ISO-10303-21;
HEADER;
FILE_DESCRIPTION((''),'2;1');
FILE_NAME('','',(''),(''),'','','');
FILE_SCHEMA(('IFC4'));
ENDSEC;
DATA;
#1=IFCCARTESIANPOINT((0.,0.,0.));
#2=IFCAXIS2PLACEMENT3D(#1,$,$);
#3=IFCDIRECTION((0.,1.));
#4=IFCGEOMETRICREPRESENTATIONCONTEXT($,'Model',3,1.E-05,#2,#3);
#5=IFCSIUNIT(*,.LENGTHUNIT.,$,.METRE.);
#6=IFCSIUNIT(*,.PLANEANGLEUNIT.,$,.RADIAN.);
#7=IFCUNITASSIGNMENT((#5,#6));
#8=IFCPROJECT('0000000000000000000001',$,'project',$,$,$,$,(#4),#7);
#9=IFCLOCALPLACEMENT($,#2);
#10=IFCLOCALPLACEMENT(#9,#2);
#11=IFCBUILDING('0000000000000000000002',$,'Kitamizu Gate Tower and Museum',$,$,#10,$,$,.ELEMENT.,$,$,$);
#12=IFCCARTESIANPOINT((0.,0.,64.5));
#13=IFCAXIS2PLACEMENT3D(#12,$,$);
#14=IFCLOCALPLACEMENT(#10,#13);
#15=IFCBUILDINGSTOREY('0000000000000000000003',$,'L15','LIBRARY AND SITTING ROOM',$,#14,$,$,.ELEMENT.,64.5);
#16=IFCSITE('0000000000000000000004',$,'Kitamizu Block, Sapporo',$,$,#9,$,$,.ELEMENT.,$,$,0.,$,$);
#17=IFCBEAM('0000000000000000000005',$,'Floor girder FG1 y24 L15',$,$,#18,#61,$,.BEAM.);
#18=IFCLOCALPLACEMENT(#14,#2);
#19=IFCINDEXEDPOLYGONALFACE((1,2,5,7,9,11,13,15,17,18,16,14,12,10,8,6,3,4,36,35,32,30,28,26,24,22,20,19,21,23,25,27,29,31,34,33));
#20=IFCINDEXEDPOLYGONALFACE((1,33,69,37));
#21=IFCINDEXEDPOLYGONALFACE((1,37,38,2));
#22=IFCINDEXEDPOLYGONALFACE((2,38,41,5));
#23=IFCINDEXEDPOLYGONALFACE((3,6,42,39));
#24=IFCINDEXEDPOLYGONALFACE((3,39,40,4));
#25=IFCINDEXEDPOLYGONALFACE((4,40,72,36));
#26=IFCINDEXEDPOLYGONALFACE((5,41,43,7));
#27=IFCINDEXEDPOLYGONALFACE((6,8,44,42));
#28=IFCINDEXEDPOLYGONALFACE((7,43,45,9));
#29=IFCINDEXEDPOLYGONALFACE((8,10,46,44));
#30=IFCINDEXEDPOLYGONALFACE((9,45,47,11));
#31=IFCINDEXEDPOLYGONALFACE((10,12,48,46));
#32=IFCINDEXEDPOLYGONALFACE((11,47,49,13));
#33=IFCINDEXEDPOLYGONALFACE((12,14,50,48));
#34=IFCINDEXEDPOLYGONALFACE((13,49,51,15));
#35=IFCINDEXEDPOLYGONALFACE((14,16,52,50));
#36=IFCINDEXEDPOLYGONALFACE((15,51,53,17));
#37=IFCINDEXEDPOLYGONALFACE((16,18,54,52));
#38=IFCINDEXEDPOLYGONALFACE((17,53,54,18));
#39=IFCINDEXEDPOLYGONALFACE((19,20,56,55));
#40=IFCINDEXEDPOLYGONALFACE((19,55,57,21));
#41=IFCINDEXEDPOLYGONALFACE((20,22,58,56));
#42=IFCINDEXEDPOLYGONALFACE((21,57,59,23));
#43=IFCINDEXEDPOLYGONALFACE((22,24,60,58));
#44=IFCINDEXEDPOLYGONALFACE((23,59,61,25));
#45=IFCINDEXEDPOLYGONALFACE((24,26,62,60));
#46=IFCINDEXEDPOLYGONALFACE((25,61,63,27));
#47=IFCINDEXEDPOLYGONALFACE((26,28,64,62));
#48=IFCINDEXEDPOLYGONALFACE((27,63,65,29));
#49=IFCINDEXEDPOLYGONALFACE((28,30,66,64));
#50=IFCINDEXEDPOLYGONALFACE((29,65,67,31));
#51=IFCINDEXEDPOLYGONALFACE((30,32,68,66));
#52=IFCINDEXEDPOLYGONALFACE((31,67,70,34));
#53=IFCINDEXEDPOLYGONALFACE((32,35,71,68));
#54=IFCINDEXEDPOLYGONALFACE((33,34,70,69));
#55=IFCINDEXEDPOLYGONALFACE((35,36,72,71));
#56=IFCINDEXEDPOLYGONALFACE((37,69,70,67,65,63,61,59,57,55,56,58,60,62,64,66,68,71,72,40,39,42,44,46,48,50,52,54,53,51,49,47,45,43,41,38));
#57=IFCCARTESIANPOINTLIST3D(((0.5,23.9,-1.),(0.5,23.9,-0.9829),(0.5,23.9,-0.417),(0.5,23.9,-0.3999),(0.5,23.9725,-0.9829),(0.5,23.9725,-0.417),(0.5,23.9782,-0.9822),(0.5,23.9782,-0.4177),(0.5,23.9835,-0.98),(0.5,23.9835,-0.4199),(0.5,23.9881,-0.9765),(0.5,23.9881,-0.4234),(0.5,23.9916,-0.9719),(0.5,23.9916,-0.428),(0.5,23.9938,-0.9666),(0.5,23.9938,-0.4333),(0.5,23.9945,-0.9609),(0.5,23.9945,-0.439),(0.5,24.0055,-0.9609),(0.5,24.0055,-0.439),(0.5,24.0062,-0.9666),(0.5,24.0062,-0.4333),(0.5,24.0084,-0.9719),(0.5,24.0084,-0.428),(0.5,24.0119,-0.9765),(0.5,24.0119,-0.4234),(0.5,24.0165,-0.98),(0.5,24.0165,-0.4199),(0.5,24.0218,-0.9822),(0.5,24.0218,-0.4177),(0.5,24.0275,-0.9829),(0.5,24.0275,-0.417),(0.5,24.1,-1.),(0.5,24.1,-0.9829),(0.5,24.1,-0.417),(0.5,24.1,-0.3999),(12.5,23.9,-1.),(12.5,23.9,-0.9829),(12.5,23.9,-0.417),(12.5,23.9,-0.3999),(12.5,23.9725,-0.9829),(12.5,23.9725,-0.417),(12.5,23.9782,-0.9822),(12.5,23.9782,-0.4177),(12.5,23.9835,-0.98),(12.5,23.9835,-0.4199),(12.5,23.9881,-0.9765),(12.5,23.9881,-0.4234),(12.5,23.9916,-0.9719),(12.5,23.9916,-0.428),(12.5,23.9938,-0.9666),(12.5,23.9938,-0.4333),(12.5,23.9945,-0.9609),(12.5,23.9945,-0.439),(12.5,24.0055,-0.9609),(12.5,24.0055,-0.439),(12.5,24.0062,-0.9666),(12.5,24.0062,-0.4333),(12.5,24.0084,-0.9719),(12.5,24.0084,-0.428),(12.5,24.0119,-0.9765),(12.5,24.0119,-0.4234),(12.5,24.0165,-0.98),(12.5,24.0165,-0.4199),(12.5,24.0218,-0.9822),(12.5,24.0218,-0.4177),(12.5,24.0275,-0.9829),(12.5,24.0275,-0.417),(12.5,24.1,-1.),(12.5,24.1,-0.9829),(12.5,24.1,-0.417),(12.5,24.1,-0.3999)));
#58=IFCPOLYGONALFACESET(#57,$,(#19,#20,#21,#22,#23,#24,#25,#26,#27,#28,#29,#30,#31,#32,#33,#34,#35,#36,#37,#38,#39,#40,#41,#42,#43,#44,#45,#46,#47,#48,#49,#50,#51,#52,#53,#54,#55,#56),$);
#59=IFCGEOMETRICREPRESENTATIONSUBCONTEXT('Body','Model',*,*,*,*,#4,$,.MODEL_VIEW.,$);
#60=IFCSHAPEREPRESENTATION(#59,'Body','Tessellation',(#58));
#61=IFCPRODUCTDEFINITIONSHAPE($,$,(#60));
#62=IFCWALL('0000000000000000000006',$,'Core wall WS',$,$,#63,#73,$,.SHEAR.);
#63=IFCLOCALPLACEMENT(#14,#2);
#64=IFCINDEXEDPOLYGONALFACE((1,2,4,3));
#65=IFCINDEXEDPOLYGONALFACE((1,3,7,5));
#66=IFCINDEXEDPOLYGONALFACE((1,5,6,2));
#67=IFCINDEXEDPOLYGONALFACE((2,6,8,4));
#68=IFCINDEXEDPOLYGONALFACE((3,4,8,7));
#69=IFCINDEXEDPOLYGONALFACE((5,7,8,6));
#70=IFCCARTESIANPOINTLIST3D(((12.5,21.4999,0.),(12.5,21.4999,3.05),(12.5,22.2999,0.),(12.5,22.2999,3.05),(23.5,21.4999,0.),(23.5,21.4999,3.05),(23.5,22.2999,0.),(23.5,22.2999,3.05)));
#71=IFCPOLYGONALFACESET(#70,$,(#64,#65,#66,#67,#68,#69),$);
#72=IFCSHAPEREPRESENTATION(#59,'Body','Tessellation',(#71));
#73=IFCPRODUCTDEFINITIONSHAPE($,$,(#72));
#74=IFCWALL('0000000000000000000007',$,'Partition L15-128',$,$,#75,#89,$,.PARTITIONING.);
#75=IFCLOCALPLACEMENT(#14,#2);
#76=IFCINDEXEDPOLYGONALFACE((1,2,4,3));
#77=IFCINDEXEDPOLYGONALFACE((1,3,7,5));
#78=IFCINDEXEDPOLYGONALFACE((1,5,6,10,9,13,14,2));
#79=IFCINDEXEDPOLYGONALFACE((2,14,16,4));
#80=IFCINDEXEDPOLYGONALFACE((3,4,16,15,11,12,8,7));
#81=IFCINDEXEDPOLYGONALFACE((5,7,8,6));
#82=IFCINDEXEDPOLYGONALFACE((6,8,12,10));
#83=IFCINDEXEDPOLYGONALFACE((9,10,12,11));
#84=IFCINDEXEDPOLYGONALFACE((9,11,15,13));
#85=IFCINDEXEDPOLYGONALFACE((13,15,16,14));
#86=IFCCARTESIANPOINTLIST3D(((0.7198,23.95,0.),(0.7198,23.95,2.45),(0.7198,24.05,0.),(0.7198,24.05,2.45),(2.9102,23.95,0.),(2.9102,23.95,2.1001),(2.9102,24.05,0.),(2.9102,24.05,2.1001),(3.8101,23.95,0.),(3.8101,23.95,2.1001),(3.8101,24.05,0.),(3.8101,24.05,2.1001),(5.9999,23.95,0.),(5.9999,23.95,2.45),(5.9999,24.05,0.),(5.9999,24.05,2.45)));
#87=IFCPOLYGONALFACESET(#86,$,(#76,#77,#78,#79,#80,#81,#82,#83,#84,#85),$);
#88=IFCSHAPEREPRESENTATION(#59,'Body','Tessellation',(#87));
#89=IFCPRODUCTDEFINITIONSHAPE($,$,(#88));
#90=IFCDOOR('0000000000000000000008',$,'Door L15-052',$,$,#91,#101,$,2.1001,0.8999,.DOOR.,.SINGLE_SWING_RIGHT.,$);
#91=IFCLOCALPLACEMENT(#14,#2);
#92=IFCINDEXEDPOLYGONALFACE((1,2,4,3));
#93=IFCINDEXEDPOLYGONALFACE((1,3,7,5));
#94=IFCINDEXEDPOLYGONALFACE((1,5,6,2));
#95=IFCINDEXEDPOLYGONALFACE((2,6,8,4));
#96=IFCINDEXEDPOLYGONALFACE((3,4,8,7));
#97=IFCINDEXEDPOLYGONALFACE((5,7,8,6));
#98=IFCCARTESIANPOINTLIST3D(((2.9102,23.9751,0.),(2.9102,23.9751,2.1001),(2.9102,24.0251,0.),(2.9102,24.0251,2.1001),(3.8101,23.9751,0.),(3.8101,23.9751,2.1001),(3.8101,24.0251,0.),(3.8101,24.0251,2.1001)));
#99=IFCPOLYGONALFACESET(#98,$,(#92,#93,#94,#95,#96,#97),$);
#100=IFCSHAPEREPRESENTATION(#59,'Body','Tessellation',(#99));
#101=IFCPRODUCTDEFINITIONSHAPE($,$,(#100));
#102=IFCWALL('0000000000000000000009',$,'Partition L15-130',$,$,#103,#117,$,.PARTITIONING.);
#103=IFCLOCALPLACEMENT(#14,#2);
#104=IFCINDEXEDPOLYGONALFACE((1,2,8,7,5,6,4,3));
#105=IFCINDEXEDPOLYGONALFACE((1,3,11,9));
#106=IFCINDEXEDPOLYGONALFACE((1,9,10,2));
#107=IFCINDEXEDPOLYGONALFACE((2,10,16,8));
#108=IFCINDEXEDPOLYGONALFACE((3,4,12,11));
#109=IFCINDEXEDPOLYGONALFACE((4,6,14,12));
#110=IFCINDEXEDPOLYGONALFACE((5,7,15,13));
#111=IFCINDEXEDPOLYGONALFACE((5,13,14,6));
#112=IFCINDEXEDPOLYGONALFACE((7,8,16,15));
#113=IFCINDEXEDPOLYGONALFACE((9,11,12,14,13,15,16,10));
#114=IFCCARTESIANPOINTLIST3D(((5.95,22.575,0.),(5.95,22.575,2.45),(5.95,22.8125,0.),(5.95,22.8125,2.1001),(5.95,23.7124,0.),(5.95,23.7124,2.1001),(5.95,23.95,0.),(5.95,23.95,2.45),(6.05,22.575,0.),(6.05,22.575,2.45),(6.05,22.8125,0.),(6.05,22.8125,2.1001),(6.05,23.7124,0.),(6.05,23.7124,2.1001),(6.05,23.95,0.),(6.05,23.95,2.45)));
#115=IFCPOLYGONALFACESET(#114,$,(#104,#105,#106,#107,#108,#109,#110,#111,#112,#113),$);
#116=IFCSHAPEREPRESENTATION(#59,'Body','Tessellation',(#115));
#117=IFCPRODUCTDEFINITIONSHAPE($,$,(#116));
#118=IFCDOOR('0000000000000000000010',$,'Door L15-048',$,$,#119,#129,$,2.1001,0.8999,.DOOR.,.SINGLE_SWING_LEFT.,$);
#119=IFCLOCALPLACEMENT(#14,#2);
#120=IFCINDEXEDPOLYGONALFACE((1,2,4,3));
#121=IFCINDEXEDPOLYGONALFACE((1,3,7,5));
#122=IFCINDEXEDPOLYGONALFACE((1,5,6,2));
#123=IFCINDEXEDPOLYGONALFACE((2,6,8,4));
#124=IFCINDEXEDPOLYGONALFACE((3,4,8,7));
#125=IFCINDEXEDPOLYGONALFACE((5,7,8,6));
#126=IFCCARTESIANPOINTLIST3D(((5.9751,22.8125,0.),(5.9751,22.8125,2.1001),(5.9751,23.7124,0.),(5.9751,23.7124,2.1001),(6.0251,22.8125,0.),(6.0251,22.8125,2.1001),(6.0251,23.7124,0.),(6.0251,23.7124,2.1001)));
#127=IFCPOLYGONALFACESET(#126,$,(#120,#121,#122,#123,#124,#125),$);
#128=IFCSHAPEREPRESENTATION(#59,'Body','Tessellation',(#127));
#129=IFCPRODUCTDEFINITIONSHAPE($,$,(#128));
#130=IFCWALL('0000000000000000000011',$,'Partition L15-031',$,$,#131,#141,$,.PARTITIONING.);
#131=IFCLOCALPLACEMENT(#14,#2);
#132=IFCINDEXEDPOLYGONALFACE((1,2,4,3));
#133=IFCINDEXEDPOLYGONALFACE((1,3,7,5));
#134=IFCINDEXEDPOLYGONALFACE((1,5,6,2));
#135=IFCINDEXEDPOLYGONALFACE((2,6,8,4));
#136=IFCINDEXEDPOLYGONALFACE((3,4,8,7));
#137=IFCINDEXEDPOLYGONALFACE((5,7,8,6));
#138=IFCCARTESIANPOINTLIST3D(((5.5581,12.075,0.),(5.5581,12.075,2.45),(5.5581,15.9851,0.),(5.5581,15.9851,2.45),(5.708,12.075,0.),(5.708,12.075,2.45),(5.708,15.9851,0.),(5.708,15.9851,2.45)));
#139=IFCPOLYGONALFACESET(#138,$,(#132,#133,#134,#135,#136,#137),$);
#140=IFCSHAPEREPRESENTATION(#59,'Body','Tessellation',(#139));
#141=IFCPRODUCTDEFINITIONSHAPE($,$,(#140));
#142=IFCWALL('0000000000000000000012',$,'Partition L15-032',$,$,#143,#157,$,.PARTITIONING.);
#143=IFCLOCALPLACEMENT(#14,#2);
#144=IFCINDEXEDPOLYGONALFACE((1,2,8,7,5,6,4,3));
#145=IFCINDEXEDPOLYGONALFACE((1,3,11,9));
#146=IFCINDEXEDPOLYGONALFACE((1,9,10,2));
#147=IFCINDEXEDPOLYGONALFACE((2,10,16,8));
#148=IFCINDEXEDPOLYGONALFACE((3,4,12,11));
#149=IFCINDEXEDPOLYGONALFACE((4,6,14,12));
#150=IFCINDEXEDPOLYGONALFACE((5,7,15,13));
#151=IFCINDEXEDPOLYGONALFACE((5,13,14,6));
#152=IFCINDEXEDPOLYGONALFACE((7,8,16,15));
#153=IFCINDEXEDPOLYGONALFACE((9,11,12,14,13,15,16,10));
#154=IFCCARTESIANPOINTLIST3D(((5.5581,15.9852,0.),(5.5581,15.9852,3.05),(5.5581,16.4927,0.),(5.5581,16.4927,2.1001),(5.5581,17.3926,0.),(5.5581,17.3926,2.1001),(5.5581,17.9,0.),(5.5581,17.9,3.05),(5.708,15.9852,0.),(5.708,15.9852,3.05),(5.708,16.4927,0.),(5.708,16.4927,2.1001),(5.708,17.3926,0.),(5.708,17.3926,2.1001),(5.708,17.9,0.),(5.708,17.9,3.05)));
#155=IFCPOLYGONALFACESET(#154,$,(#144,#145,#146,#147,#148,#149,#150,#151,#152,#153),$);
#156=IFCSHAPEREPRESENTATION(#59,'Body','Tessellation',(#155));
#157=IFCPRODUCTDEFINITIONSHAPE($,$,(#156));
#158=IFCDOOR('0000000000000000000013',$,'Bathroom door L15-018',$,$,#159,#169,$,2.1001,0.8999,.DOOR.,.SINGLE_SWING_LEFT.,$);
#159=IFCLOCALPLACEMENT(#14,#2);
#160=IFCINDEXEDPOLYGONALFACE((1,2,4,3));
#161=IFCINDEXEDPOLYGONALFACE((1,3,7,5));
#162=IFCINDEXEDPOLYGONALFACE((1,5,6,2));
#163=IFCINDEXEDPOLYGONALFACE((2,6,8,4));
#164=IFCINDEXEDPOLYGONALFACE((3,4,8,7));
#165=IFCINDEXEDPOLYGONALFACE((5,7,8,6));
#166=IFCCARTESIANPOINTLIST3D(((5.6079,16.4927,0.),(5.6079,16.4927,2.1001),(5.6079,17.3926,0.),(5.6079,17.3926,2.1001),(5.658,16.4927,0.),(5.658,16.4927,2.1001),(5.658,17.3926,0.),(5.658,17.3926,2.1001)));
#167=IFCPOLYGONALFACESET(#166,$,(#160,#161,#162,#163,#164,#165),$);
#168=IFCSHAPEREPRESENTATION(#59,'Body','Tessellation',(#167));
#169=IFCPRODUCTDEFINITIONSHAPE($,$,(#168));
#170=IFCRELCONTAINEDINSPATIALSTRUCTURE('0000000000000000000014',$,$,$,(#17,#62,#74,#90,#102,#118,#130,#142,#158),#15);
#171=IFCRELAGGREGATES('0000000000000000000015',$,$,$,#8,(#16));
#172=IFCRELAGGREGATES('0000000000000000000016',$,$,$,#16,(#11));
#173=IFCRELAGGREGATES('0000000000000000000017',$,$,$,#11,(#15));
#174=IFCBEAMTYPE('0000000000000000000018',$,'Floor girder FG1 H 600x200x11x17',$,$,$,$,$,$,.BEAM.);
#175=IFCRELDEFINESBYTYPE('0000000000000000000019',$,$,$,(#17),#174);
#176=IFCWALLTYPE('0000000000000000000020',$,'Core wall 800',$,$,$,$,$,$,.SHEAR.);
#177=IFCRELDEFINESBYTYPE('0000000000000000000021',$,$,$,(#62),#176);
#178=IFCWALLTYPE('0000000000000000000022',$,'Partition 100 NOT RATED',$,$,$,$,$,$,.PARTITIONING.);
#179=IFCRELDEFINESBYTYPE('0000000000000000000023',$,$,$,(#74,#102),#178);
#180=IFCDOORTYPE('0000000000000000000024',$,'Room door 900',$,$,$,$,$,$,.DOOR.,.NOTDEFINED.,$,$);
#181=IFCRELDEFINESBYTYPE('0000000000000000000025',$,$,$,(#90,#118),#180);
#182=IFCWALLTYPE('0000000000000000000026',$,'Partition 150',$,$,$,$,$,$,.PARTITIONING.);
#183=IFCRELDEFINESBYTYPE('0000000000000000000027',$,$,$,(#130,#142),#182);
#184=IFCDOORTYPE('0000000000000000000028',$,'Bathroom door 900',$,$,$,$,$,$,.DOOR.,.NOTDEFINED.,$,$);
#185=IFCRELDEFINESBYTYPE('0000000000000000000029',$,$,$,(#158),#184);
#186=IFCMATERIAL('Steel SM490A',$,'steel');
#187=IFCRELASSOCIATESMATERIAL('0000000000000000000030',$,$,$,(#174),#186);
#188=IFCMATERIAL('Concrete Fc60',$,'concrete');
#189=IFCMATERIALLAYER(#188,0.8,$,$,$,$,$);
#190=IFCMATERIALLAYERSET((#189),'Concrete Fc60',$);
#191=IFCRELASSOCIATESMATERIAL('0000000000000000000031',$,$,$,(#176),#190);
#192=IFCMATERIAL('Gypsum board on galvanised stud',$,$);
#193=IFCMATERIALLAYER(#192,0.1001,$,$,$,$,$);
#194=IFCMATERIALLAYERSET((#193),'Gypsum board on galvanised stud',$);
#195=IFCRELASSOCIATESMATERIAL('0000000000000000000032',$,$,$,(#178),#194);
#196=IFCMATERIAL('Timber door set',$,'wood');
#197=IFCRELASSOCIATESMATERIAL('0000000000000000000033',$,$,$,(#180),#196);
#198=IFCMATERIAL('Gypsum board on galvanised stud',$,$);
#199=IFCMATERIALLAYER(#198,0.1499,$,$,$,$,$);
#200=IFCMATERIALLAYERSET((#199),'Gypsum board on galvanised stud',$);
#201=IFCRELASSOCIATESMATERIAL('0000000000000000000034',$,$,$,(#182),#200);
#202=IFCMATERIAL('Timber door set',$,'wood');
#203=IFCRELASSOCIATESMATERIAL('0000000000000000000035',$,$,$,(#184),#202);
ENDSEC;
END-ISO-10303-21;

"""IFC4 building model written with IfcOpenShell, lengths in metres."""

from ifc_helpers import new_model, si_unit, direction, frame, frame_2d, origin, origin_2d, place, context, subcontext, project, spatial, rectangle, i_section, extrude, material, layer, layer_set, material_profile, profile_set, type_object, element, fill, save


model = new_model("IFC4")

# Units and contexts
model_context = context("Model", 3, precision=1e-05, world=origin(), true_north=direction((0.0, 1.0)))
body_context = subcontext(model_context, "Body", "Model", "MODEL_VIEW")
ifc_project = project(units=[si_unit("LENGTHUNIT", "METRE"), si_unit("PLANEANGLEUNIT", "RADIAN")], contexts=[model_context])

# Site, building, storey
site_placement = place(None, origin())
site = spatial("IfcSite", under=ifc_project, at=site_placement, Name="Kitamizu Block, Sapporo", CompositionType="ELEMENT", RefElevation=0.0)
building_placement = place(site_placement, origin())
building = spatial("IfcBuilding", under=site, at=building_placement, Name="Kitamizu Gate Tower and Museum", CompositionType="ELEMENT")
storey_placement = place(building_placement, frame((0.0, 0.0, 64.5)))
storey = spatial("IfcBuildingStorey", under=building, at=storey_placement, Name="L15", Description="LIBRARY AND SITTING ROOM", CompositionType="ELEMENT", Elevation=64.5)

# Beam
ifc_material_1 = material(Name="Steel SM490A", Category="steel")
ifc_material_profile_1 = material_profile(ifc_material_1, i_section(OverallWidth=0.2, OverallDepth=0.6001, WebThickness=0.011, FlangeThickness=0.0171, FilletRadius=0.022, at=origin_2d()), Name="H-600x200x11x17")
ifc_profile_set_1 = profile_set([ifc_material_profile_1], Name="Steel SM490A")
beam_type_1 = type_object("IfcBeamType", Name="Floor girder FG1 H 600x200x11x17", PredefinedType="BEAM", material=ifc_profile_set_1)
beam_1_placement = place(storey_placement, frame((0.5, 24.0, -0.7), z_axis=(1.0, 0.0, 0.0), x_axis=(0.0, 1.0, 0.0)))
element("IfcBeam", 1, at=beam_1_placement, inside=storey, type_object=beam_type_1, Name="Floor girder FG1 y24 L15", PredefinedType="BEAM", context=body_context, shape_type="SweptSolid", body=[
    extrude(i_section(OverallWidth=0.2, OverallDepth=0.6001, WebThickness=0.011, FlangeThickness=0.0171, FilletRadius=0.022, at=origin_2d()), origin(), (0.0, 0.0, 1.0), 12.0),
])

# Wall
ifc_material_2 = material(Name="Concrete Fc60", Category="concrete")
ifc_layer_1 = layer(ifc_material_2, 0.8)
ifc_layer_set_1 = layer_set([ifc_layer_1], Name="Concrete Fc60")
wall_type_1 = type_object("IfcWallType", Name="Core wall 800", PredefinedType="SHEAR", material=ifc_layer_set_1)
wall_1_placement = place(storey_placement, frame((12.5, 21.8999, 0.0), z_axis=(0.0, 0.0, 1.0), x_axis=(1.0, 0.0, 0.0)))
element("IfcWall", 2, at=wall_1_placement, inside=storey, type_object=wall_type_1, Name="Core wall WS", PredefinedType="SHEAR", context=body_context, shape_type="SweptSolid", body=[
    extrude(rectangle(XDim=11.0, YDim=0.8, at=frame_2d((5.5, 0.0))), origin(), (0.0, 0.0, 1.0), 3.05),
])

# Walls, openings, doors
ifc_material_3 = material(Name="Gypsum board on galvanised stud")
ifc_layer_2 = layer(ifc_material_3, 0.1001)
ifc_layer_set_2 = layer_set([ifc_layer_2], Name="Gypsum board on galvanised stud")
wall_type_2 = type_object("IfcWallType", Name="Partition 100 NOT RATED", PredefinedType="PARTITIONING", material=ifc_layer_set_2)
wall_2_placement = place(storey_placement, frame((6.0, 24.0, 0.0), z_axis=(0.0, 0.0, 1.0), x_axis=(-1.0, 0.0, 0.0)))
wall_2 = element("IfcWall", 3, at=wall_2_placement, inside=storey, type_object=wall_type_2, Name="Partition L15-128", PredefinedType="PARTITIONING", context=body_context, shape_type="SweptSolid", body=[
    extrude(rectangle(XDim=5.28, YDim=0.1001, at=frame_2d((2.6401, 0.0))), origin(), (0.0, 0.0, 1.0), 2.45),
])
opening_1_placement = place(wall_2_placement, frame((2.1899, 0.0, 0.0)))
opening_1 = element("IfcOpeningElement", 4, at=opening_1_placement, cuts=wall_2, PredefinedType="OPENING", context=body_context, shape_type="SweptSolid", body=[
    extrude(rectangle(XDim=0.8999, YDim=2.1001, at=frame_2d((0.45, 1.05))), frame((0.0, 0.0601, 0.0), z_axis=(0.0, -1.0, 0.0), x_axis=(1.0, 0.0, 0.0)), (0.0, 0.0, 1.0), 0.1201),
])
ifc_material_4 = material(Name="Timber door set", Category="wood")
door_type_1 = type_object("IfcDoorType", Name="Room door 900", OperationType="NOTDEFINED", PredefinedType="DOOR", material=ifc_material_4)
door_1_placement = place(opening_1_placement, origin())
door_1 = element("IfcDoor", 5, at=door_1_placement, inside=storey, type_object=door_type_1, Name="Door L15-052", OperationType="SINGLE_SWING_RIGHT", OverallHeight=2.1001, OverallWidth=0.8999, PredefinedType="DOOR", context=body_context, shape_type="SweptSolid", body=[
    extrude(rectangle(XDim=0.8999, YDim=2.1001, at=frame_2d((0.45, 1.05))), frame((0.0, 0.0249, 0.0), z_axis=(0.0, -1.0, 0.0), x_axis=(1.0, 0.0, 0.0)), (0.0, 0.0, 1.0), 0.05),
])
fill(opening_1, door_1)
wall_3_placement = place(storey_placement, frame((6.0, 22.575, 0.0), z_axis=(0.0, 0.0, 1.0), x_axis=(0.0, 1.0, 0.0)))
wall_3 = element("IfcWall", 6, at=wall_3_placement, inside=storey, type_object=wall_type_2, Name="Partition L15-130", PredefinedType="PARTITIONING", context=body_context, shape_type="SweptSolid", body=[
    extrude(rectangle(XDim=1.375, YDim=0.1001, at=frame_2d((0.6875, 0.0))), origin(), (0.0, 0.0, 1.0), 2.45),
])
opening_2_placement = place(wall_3_placement, frame((0.2375, 0.0, 0.0)))
opening_2 = element("IfcOpeningElement", 7, at=opening_2_placement, cuts=wall_3, PredefinedType="OPENING", context=body_context, shape_type="SweptSolid", body=[
    extrude(rectangle(XDim=0.8999, YDim=2.1001, at=frame_2d((0.45, 1.05))), frame((0.0, 0.0601, 0.0), z_axis=(0.0, -1.0, 0.0), x_axis=(1.0, 0.0, 0.0)), (0.0, 0.0, 1.0), 0.1201),
])
door_2_placement = place(opening_2_placement, origin())
door_2 = element("IfcDoor", 8, at=door_2_placement, inside=storey, type_object=door_type_1, Name="Door L15-048", OperationType="SINGLE_SWING_LEFT", OverallHeight=2.1001, OverallWidth=0.8999, PredefinedType="DOOR", context=body_context, shape_type="SweptSolid", body=[
    extrude(rectangle(XDim=0.8999, YDim=2.1001, at=frame_2d((0.45, 1.05))), frame((0.0, 0.0249, 0.0), z_axis=(0.0, -1.0, 0.0), x_axis=(1.0, 0.0, 0.0)), (0.0, 0.0, 1.0), 0.05),
])
fill(opening_2, door_2)

# Wall
ifc_material_5 = material(Name="Gypsum board on galvanised stud")
ifc_layer_3 = layer(ifc_material_5, 0.1499)
ifc_layer_set_3 = layer_set([ifc_layer_3], Name="Gypsum board on galvanised stud")
wall_type_3 = type_object("IfcWallType", Name="Partition 150", PredefinedType="PARTITIONING", material=ifc_layer_set_3)
wall_4_placement = place(storey_placement, frame((5.6331, 12.075, 0.0), z_axis=(0.0, 0.0, 1.0), x_axis=(0.0, 1.0, 0.0)))
element("IfcWall", 9, at=wall_4_placement, inside=storey, type_object=wall_type_3, Name="Partition L15-031", PredefinedType="PARTITIONING", context=body_context, shape_type="SweptSolid", body=[
    extrude(rectangle(XDim=3.9102, YDim=0.1499, at=frame_2d((1.9551, 0.0))), origin(), (0.0, 0.0, 1.0), 2.45),
])

# Wall, opening, door
wall_5_placement = place(storey_placement, frame((5.6331, 15.9851, 0.0), z_axis=(0.0, 0.0, 1.0), x_axis=(0.0, 1.0, 0.0)))
wall_5 = element("IfcWall", 10, at=wall_5_placement, inside=storey, type_object=wall_type_3, Name="Partition L15-032", PredefinedType="PARTITIONING", context=body_context, shape_type="SweptSolid", body=[
    extrude(rectangle(XDim=1.9148, YDim=0.1499, at=frame_2d((0.9575, 0.0))), origin(), (0.0, 0.0, 1.0), 3.05),
])
opening_3_placement = place(wall_5_placement, frame((0.5076, 0.0, 0.0)))
opening_3 = element("IfcOpeningElement", 11, at=opening_3_placement, cuts=wall_5, PredefinedType="OPENING", context=body_context, shape_type="SweptSolid", body=[
    extrude(rectangle(XDim=0.8999, YDim=2.1001, at=frame_2d((0.45, 1.05))), frame((0.0, 0.085, 0.0), z_axis=(0.0, -1.0, 0.0), x_axis=(1.0, 0.0, 0.0)), (0.0, 0.0, 1.0), 0.1699),
])
ifc_material_6 = material(Name="Timber door set", Category="wood")
door_type_2 = type_object("IfcDoorType", Name="Bathroom door 900", OperationType="NOTDEFINED", PredefinedType="DOOR", material=ifc_material_6)
door_3_placement = place(opening_3_placement, frame((0.8999, 0.0, 0.0), x_axis=(-1.0, 0.0, 0.0)))
door_3 = element("IfcDoor", 12, at=door_3_placement, inside=storey, type_object=door_type_2, Name="Bathroom door L15-018", OperationType="SINGLE_SWING_LEFT", OverallHeight=2.1001, OverallWidth=0.8999, PredefinedType="DOOR", context=body_context, shape_type="SweptSolid", body=[
    extrude(rectangle(XDim=0.8999, YDim=2.1001, at=frame_2d((0.45, 1.05))), frame((0.0, 0.0249, 0.0), z_axis=(0.0, -1.0, 0.0), x_axis=(1.0, 0.0, 0.0)), (0.0, 0.0, 1.0), 0.05),
])
fill(opening_3, door_3)

save(model, "model.ifc")
